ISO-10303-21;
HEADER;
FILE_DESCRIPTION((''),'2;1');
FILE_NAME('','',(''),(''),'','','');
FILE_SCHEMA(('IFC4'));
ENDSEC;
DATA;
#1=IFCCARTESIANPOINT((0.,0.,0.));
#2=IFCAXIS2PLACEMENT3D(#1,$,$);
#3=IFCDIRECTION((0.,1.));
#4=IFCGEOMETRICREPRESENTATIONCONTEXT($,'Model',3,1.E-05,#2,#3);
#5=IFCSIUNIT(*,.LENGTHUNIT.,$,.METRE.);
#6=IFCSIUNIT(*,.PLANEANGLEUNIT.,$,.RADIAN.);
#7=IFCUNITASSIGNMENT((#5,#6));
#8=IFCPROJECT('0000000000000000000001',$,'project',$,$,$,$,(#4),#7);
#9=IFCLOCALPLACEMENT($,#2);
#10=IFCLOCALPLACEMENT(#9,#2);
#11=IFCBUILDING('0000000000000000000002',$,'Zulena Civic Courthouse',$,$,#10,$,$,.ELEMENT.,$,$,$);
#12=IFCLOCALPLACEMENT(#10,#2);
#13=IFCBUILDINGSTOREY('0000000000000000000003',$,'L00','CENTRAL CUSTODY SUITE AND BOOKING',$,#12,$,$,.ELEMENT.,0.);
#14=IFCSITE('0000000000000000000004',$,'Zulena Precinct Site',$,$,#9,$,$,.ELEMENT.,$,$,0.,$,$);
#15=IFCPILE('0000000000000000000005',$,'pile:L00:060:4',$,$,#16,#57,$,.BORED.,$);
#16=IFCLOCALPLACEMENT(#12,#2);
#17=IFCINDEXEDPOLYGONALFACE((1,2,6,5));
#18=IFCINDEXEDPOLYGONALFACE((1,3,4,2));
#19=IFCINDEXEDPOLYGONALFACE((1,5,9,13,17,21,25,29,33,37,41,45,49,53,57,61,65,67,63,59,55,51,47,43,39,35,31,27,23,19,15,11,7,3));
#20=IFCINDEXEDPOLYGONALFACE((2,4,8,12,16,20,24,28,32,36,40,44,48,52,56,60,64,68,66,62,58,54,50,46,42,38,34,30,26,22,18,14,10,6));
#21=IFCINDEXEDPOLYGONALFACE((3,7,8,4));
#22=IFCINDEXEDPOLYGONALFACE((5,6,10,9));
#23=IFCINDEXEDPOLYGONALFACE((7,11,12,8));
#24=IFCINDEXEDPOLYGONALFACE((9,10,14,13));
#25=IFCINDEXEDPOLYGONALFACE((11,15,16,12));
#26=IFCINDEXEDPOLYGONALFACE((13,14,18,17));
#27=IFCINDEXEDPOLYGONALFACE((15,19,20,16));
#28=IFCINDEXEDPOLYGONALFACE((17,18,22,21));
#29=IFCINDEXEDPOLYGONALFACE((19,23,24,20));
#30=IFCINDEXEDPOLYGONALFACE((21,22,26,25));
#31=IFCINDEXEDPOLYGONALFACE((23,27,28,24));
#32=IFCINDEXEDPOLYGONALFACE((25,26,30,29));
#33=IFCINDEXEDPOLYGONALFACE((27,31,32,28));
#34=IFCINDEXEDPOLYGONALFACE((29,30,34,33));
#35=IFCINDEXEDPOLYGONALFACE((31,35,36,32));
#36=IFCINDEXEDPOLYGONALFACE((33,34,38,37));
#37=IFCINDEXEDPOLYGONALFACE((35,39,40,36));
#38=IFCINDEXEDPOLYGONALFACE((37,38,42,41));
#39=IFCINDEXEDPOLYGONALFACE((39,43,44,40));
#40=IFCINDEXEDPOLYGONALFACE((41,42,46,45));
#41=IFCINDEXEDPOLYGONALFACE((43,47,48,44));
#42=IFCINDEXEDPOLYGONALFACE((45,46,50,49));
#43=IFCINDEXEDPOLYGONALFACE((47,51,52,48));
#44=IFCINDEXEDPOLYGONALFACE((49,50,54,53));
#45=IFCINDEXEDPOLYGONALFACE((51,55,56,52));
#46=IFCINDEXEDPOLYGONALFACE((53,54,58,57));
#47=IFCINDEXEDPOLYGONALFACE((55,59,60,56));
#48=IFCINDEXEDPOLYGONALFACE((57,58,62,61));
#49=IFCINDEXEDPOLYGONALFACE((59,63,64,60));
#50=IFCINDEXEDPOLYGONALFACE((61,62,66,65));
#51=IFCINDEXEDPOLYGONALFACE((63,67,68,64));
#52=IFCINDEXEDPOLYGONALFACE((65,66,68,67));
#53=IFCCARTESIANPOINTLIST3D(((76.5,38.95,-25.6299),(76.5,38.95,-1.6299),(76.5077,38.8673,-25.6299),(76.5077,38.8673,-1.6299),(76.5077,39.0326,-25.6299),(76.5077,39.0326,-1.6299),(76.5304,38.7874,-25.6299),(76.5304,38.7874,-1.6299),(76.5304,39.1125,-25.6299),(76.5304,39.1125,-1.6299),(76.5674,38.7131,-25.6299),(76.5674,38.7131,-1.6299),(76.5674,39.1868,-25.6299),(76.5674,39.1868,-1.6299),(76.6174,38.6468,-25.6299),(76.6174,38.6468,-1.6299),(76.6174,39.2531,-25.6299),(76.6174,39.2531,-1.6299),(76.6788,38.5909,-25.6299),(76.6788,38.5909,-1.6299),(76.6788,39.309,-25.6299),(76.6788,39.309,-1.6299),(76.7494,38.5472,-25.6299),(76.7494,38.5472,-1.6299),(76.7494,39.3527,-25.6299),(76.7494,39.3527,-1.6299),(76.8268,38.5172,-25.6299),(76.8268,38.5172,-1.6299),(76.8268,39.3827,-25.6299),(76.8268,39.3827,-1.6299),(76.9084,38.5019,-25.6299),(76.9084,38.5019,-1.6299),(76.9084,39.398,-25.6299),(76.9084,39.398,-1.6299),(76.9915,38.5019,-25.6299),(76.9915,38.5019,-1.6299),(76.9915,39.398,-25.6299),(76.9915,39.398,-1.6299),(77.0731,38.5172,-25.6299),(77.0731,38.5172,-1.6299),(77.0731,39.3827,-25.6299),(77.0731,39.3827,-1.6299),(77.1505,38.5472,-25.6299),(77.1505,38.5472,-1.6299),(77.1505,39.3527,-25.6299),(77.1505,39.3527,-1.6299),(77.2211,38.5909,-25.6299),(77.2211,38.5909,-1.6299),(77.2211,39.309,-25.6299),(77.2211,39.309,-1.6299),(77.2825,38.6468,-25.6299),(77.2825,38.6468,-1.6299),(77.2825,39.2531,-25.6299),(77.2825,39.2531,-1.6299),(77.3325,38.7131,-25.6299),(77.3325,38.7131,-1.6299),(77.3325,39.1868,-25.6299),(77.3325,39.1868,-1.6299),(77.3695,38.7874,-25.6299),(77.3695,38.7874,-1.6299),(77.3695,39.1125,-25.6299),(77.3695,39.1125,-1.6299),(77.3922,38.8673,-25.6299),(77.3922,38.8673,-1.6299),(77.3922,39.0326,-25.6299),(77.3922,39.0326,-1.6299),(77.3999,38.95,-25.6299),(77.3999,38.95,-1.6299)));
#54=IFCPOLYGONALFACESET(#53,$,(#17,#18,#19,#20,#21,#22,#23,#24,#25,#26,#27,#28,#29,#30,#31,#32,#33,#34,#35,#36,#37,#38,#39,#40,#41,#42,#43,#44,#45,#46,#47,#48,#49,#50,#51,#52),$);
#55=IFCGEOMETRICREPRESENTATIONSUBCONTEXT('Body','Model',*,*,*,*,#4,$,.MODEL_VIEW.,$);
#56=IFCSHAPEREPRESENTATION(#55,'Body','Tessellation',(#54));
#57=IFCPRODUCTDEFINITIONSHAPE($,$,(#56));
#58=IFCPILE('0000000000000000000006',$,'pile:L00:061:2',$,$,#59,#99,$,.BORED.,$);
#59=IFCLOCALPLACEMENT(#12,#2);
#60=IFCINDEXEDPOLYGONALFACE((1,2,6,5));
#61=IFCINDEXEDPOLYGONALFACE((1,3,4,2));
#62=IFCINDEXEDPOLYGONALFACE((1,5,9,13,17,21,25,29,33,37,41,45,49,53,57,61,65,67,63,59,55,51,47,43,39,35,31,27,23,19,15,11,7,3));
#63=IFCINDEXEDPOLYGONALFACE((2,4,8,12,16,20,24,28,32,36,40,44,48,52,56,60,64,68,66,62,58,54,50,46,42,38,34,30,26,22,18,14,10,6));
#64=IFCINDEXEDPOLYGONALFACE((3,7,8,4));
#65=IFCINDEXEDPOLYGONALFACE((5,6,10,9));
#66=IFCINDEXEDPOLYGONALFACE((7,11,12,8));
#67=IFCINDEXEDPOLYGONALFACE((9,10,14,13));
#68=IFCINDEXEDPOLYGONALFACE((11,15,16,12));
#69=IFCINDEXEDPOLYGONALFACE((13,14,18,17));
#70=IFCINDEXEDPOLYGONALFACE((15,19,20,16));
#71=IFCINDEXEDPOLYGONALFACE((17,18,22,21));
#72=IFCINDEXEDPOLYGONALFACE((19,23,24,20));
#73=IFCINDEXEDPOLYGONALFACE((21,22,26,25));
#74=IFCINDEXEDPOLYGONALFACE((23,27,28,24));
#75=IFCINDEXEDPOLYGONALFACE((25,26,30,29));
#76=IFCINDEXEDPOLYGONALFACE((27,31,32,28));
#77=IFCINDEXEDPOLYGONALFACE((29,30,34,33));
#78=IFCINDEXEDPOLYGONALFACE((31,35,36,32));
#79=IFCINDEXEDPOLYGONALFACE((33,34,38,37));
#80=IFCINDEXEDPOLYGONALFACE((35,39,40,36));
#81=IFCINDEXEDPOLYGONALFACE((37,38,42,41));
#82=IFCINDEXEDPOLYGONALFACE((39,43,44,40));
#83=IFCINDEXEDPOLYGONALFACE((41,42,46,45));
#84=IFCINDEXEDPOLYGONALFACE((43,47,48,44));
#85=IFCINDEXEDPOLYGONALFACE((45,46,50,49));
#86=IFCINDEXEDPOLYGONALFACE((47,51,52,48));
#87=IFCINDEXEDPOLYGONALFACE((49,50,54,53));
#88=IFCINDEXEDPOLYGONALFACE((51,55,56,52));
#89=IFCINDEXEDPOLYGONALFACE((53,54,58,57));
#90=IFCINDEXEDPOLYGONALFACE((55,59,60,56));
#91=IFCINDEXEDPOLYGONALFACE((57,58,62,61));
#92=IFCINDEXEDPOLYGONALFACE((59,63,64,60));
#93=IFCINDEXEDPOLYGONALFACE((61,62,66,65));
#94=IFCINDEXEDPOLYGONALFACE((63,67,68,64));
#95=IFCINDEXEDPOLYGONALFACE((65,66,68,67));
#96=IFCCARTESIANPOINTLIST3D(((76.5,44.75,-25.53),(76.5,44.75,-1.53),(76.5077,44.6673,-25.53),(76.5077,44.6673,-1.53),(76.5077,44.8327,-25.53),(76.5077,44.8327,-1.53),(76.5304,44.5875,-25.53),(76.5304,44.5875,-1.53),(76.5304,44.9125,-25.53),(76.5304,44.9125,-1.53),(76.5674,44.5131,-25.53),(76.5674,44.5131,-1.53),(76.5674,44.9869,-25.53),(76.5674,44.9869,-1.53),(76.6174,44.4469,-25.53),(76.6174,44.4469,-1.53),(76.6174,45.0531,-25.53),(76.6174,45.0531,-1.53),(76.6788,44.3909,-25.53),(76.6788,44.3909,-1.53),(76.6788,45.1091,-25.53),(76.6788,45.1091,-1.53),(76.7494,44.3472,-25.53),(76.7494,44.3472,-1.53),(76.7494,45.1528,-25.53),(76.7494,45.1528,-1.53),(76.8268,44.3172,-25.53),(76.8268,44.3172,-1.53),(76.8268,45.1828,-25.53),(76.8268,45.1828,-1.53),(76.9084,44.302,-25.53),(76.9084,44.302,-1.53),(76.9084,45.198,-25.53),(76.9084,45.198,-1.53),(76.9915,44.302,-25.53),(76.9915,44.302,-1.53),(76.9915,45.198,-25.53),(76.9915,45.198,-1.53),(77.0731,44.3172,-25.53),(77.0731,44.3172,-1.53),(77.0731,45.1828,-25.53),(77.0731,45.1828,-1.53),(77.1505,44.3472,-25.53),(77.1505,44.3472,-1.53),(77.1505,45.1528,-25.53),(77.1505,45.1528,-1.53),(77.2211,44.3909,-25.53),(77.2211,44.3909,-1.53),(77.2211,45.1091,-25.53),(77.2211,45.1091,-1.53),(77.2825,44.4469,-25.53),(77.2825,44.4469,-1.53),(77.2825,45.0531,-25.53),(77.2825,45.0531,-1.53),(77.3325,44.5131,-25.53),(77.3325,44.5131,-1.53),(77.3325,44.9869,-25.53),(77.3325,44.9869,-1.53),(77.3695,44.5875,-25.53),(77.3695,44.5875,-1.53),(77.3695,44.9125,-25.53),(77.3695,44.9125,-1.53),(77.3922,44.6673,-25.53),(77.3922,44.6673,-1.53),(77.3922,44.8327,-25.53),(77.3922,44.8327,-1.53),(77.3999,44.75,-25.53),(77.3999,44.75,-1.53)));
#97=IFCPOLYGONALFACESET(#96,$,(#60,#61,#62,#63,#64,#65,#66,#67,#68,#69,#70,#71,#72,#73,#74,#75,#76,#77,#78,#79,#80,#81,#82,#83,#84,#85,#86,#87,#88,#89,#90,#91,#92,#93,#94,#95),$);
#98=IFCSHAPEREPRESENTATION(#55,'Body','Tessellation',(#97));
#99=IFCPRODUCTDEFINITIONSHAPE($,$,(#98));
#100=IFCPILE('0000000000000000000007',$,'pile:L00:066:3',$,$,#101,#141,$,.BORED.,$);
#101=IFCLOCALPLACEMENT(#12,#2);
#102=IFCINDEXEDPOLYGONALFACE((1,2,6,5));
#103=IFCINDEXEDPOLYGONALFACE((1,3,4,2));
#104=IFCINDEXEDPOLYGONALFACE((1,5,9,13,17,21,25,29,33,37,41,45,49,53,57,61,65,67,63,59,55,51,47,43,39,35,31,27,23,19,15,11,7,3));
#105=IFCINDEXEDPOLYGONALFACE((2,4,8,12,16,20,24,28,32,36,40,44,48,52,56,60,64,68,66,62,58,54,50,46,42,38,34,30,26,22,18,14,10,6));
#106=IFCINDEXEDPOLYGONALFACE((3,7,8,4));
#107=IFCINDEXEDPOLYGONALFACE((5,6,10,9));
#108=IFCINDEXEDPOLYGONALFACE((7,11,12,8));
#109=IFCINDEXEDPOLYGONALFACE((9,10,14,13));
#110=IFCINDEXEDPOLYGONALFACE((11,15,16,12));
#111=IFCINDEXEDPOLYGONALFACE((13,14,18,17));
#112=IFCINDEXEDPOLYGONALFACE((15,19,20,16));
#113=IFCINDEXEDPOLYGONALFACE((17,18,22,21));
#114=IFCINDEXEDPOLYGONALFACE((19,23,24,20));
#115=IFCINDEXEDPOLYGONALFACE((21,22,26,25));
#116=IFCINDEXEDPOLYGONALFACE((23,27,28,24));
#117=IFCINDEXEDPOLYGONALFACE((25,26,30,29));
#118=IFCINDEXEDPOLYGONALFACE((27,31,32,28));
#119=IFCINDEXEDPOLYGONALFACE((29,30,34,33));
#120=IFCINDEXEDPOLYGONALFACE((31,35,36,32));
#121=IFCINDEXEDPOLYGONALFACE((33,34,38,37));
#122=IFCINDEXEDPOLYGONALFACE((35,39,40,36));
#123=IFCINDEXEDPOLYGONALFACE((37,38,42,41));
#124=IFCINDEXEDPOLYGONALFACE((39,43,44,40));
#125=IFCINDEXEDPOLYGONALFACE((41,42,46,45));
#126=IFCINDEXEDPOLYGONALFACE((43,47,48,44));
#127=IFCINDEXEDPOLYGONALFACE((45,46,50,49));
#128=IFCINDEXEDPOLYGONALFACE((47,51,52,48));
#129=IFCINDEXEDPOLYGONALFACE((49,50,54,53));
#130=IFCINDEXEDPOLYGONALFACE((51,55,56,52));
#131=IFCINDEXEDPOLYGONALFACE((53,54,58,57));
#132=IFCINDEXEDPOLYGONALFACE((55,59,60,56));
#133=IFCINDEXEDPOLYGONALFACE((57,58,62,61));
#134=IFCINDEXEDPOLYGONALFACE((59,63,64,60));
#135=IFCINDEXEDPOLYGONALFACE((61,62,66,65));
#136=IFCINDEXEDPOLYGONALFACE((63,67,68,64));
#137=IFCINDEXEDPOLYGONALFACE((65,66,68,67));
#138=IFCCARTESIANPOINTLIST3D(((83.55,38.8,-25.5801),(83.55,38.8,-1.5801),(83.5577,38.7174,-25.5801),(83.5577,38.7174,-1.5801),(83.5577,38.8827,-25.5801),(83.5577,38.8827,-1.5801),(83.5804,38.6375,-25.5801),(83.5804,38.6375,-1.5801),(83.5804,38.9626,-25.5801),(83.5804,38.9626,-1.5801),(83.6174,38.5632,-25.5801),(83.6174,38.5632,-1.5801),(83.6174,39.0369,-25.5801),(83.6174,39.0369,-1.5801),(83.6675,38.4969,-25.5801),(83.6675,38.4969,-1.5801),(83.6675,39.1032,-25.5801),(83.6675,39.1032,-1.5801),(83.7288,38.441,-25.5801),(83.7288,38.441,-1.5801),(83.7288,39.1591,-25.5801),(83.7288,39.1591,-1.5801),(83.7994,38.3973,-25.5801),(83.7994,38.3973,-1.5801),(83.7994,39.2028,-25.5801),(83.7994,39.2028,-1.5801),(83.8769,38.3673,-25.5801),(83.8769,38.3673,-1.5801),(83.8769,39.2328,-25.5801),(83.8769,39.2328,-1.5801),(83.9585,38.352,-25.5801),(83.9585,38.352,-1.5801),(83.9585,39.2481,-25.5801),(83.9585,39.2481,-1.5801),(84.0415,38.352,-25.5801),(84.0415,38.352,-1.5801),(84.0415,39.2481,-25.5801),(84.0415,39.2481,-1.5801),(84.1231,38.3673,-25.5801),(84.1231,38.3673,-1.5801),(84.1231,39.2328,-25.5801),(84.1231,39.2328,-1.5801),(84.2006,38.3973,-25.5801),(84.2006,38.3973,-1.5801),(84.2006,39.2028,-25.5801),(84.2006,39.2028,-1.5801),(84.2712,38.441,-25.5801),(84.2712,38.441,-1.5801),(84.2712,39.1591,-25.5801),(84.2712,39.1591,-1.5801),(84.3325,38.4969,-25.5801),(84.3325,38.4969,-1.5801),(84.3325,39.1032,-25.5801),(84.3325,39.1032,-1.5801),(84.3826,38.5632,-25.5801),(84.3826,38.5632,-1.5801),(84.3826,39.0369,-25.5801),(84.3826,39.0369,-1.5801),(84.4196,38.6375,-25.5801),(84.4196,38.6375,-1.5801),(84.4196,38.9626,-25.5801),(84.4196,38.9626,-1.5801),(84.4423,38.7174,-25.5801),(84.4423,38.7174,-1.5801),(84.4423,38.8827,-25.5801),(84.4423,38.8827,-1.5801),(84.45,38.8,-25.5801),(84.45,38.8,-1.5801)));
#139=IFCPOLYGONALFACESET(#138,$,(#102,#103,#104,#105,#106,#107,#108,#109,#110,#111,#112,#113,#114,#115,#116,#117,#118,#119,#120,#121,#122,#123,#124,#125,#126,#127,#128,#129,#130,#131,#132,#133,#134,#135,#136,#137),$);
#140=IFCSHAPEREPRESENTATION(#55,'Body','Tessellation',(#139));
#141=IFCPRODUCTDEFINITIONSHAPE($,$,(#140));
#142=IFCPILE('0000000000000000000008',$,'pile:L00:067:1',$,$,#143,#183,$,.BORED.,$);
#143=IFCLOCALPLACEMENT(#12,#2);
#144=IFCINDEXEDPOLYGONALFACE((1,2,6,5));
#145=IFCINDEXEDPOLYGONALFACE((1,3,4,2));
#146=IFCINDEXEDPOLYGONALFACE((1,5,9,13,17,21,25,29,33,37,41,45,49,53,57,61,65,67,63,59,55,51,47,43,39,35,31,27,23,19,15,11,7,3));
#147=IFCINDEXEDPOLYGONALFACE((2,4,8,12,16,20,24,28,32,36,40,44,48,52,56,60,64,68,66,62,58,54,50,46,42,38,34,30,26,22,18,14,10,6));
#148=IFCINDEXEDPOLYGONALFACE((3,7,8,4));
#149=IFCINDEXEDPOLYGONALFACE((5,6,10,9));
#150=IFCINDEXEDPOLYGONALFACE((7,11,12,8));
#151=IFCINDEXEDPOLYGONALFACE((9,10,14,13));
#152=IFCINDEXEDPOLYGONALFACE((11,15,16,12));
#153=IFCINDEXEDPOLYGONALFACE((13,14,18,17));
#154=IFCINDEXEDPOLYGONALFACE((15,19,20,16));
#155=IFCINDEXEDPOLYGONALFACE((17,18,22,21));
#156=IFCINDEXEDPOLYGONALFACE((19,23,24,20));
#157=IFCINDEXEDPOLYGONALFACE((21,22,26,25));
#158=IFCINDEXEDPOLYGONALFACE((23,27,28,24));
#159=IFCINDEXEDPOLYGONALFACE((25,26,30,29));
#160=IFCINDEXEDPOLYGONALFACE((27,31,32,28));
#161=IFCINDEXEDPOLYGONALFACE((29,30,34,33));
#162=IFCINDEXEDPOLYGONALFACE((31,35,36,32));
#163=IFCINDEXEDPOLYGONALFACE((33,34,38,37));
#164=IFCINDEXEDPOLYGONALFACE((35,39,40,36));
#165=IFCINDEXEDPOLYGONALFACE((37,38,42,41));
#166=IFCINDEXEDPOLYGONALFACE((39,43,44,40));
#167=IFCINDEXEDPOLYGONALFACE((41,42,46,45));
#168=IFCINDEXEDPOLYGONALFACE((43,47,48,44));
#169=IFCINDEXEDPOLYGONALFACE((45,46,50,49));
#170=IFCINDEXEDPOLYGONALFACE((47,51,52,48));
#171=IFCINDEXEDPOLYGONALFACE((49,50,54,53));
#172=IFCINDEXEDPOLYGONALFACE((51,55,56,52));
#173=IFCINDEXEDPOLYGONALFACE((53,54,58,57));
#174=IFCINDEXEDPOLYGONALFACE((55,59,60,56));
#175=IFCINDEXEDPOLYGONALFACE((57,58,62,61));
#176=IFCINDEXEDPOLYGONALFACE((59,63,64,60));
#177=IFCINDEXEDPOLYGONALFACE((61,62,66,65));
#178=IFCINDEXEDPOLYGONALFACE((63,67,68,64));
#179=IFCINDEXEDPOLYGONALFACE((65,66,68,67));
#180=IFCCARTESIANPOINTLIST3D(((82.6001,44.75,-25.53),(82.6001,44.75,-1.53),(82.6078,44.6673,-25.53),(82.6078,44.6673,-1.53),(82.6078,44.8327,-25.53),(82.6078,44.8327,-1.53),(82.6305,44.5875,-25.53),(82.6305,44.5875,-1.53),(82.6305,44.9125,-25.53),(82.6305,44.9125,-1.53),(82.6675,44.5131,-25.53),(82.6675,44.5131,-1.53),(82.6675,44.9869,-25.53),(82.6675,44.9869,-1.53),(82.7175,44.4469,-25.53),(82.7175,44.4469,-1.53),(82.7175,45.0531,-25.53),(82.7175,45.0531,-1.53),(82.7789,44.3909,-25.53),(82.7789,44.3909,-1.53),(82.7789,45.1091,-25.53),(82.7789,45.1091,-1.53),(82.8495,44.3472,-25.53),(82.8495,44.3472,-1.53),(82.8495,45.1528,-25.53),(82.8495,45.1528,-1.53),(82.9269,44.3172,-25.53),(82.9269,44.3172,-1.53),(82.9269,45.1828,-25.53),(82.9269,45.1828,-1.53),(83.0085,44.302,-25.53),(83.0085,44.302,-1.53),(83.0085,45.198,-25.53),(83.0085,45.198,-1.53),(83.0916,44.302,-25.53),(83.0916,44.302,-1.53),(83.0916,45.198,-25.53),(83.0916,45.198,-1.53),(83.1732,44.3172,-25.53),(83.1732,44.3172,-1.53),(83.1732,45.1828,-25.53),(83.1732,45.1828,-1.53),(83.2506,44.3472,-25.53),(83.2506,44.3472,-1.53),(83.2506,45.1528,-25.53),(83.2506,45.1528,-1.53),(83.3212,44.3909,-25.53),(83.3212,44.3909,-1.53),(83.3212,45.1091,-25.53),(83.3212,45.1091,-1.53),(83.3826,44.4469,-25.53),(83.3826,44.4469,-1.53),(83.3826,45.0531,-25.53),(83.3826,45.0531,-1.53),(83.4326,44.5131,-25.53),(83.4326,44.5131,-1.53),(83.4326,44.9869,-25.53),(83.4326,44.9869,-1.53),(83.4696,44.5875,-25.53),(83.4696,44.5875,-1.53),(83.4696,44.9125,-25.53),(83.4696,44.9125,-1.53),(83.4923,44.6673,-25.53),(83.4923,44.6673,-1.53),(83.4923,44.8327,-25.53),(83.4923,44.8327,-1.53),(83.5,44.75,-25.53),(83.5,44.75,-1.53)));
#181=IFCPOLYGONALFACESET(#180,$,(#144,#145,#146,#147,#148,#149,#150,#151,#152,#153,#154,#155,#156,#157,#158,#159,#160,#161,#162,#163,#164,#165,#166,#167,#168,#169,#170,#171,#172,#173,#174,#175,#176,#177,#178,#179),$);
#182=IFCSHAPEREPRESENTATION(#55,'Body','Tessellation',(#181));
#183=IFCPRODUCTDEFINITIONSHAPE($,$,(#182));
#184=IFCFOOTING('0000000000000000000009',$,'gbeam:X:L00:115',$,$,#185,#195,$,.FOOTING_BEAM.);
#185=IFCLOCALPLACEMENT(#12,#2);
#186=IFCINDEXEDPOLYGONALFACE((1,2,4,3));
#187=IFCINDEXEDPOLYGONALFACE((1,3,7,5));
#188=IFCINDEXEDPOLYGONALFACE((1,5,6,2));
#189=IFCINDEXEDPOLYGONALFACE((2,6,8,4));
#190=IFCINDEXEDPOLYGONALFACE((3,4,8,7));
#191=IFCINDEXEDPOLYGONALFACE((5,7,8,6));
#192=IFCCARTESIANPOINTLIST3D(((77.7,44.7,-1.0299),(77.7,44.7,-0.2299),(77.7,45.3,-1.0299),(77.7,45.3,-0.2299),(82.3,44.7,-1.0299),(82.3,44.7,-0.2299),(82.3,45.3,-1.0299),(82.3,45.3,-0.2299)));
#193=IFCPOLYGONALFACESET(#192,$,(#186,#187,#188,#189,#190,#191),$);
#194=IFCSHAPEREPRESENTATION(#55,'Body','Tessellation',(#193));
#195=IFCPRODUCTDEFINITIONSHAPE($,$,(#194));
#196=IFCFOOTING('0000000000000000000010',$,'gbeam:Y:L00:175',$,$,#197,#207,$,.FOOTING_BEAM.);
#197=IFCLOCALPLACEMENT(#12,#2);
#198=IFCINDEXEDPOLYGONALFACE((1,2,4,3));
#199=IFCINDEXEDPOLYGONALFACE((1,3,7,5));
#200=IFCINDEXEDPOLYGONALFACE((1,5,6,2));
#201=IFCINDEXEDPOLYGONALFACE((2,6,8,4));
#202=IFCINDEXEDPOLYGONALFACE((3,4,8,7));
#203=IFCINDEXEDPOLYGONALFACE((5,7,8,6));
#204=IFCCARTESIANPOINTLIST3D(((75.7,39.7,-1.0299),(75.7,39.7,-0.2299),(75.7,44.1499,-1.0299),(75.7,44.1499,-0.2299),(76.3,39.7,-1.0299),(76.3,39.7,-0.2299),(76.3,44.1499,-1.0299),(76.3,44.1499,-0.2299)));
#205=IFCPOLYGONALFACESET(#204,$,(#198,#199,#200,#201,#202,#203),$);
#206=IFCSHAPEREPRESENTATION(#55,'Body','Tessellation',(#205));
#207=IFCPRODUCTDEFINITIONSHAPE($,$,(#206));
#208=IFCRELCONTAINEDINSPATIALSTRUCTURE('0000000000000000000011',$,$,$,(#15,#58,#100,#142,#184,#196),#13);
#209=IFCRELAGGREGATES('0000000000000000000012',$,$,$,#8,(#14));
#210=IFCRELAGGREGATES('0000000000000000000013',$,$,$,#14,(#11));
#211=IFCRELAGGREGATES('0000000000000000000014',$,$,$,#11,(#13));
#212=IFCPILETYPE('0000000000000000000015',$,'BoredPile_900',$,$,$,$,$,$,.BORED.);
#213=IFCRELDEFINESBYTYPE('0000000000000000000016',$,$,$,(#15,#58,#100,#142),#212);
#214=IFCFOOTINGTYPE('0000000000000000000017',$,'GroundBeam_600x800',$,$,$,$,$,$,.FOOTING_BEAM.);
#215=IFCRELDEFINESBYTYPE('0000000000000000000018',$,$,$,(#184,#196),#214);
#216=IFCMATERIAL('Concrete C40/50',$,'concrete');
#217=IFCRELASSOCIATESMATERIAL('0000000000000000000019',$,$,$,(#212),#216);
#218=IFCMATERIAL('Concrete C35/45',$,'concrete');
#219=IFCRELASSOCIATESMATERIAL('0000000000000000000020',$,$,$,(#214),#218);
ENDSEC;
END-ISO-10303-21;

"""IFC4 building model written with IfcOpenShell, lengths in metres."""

from ifc_helpers import new_model, si_unit, direction, frame, origin, origin_2d, place, context, subcontext, project, spatial, rectangle, circle, extrude, material, material_profile, profile_set, type_object, element, save


model = new_model("IFC4")

# Units and contexts
model_context = context("Model", 3, precision=1e-05, world=origin(), true_north=direction((0.0, 1.0)))
body_context = subcontext(model_context, "Body", "Model", "MODEL_VIEW")
ifc_project = project(units=[si_unit("LENGTHUNIT", "METRE"), si_unit("PLANEANGLEUNIT", "RADIAN")], contexts=[model_context])

# Site, building, storey
site_placement = place(None, origin())
site = spatial("IfcSite", under=ifc_project, at=site_placement, Name="Zulena Precinct Site", CompositionType="ELEMENT", RefElevation=0.0)
building_placement = place(site_placement, origin())
building = spatial("IfcBuilding", under=site, at=building_placement, Name="Zulena Civic Courthouse", CompositionType="ELEMENT")
storey_placement = place(building_placement, origin())
storey = spatial("IfcBuildingStorey", under=building, at=storey_placement, Name="L00", Description="CENTRAL CUSTODY SUITE AND BOOKING", CompositionType="ELEMENT", Elevation=0.0)

# Piles
ifc_material_1 = material(Name="Concrete C40/50", Category="concrete")
ifc_material_profile_1 = material_profile(ifc_material_1, circle(Radius=0.45, at=origin_2d()), Name="PILE900")
ifc_profile_set_1 = profile_set([ifc_material_profile_1], Name="Concrete C40/50")
pile_type = type_object("IfcPileType", Name="BoredPile_900", PredefinedType="BORED", material=ifc_profile_set_1)
for number, where, z_axis, x_axis, name in (
    (1, (76.95, 38.95, -1.6299), (0.0, 0.0, -1.0), (1.0, 0.0, 0.0), "pile:L00:060:4"),
    (2, (76.95, 44.75, -1.53), (0.0, 0.0, -1.0), (1.0, 0.0, 0.0), "pile:L00:061:2"),
    (3, (84.0, 38.8, -1.5801), (0.0, 0.0, -1.0), (1.0, 0.0, 0.0), "pile:L00:066:3"),
    (4, (83.05, 44.75, -1.53), (0.0, 0.0, -1.0), (1.0, 0.0, 0.0), "pile:L00:067:1"),
):
    element("IfcPile", number, at=place(storey_placement, frame(where, z_axis=z_axis, x_axis=x_axis)), inside=storey, type_object=pile_type, Name=name, PredefinedType="BORED", context=body_context, shape_type="SweptSolid", body=[
        extrude(circle(Radius=0.45, at=origin_2d()), origin(), (0.0, 0.0, 1.0), 24.0),
    ])

# Footings
ifc_material_2 = material(Name="Concrete C35/45", Category="concrete")
ifc_material_profile_2 = material_profile(ifc_material_2, rectangle(XDim=0.6001, YDim=0.8, at=origin_2d()), Name="RC600X800")
ifc_profile_set_2 = profile_set([ifc_material_profile_2], Name="Concrete C35/45")
footing_type_1 = type_object("IfcFootingType", Name="GroundBeam_600x800", PredefinedType="FOOTING_BEAM", material=ifc_profile_set_2)
footing_1_placement = place(storey_placement, frame((77.7, 45.0, -0.6299), z_axis=(1.0, 0.0, 0.0), x_axis=(0.0, 1.0, 0.0)))
element("IfcFooting", 5, at=footing_1_placement, inside=storey, type_object=footing_type_1, Name="gbeam:X:L00:115", PredefinedType="FOOTING_BEAM", context=body_context, shape_type="SweptSolid", body=[
    extrude(rectangle(XDim=0.6001, YDim=0.8, at=origin_2d()), origin(), (0.0, 0.0, 1.0), 4.6001),
])
footing_2_placement = place(storey_placement, frame((76.0, 39.7, -0.6299), z_axis=(0.0, 1.0, 0.0), x_axis=(-1.0, 0.0, 0.0)))
element("IfcFooting", 6, at=footing_2_placement, inside=storey, type_object=footing_type_1, Name="gbeam:Y:L00:175", PredefinedType="FOOTING_BEAM", context=body_context, shape_type="SweptSolid", body=[
    extrude(rectangle(XDim=0.6001, YDim=0.8, at=origin_2d()), origin(), (0.0, 0.0, 1.0), 4.45),
])

save(model, "model.ifc")
